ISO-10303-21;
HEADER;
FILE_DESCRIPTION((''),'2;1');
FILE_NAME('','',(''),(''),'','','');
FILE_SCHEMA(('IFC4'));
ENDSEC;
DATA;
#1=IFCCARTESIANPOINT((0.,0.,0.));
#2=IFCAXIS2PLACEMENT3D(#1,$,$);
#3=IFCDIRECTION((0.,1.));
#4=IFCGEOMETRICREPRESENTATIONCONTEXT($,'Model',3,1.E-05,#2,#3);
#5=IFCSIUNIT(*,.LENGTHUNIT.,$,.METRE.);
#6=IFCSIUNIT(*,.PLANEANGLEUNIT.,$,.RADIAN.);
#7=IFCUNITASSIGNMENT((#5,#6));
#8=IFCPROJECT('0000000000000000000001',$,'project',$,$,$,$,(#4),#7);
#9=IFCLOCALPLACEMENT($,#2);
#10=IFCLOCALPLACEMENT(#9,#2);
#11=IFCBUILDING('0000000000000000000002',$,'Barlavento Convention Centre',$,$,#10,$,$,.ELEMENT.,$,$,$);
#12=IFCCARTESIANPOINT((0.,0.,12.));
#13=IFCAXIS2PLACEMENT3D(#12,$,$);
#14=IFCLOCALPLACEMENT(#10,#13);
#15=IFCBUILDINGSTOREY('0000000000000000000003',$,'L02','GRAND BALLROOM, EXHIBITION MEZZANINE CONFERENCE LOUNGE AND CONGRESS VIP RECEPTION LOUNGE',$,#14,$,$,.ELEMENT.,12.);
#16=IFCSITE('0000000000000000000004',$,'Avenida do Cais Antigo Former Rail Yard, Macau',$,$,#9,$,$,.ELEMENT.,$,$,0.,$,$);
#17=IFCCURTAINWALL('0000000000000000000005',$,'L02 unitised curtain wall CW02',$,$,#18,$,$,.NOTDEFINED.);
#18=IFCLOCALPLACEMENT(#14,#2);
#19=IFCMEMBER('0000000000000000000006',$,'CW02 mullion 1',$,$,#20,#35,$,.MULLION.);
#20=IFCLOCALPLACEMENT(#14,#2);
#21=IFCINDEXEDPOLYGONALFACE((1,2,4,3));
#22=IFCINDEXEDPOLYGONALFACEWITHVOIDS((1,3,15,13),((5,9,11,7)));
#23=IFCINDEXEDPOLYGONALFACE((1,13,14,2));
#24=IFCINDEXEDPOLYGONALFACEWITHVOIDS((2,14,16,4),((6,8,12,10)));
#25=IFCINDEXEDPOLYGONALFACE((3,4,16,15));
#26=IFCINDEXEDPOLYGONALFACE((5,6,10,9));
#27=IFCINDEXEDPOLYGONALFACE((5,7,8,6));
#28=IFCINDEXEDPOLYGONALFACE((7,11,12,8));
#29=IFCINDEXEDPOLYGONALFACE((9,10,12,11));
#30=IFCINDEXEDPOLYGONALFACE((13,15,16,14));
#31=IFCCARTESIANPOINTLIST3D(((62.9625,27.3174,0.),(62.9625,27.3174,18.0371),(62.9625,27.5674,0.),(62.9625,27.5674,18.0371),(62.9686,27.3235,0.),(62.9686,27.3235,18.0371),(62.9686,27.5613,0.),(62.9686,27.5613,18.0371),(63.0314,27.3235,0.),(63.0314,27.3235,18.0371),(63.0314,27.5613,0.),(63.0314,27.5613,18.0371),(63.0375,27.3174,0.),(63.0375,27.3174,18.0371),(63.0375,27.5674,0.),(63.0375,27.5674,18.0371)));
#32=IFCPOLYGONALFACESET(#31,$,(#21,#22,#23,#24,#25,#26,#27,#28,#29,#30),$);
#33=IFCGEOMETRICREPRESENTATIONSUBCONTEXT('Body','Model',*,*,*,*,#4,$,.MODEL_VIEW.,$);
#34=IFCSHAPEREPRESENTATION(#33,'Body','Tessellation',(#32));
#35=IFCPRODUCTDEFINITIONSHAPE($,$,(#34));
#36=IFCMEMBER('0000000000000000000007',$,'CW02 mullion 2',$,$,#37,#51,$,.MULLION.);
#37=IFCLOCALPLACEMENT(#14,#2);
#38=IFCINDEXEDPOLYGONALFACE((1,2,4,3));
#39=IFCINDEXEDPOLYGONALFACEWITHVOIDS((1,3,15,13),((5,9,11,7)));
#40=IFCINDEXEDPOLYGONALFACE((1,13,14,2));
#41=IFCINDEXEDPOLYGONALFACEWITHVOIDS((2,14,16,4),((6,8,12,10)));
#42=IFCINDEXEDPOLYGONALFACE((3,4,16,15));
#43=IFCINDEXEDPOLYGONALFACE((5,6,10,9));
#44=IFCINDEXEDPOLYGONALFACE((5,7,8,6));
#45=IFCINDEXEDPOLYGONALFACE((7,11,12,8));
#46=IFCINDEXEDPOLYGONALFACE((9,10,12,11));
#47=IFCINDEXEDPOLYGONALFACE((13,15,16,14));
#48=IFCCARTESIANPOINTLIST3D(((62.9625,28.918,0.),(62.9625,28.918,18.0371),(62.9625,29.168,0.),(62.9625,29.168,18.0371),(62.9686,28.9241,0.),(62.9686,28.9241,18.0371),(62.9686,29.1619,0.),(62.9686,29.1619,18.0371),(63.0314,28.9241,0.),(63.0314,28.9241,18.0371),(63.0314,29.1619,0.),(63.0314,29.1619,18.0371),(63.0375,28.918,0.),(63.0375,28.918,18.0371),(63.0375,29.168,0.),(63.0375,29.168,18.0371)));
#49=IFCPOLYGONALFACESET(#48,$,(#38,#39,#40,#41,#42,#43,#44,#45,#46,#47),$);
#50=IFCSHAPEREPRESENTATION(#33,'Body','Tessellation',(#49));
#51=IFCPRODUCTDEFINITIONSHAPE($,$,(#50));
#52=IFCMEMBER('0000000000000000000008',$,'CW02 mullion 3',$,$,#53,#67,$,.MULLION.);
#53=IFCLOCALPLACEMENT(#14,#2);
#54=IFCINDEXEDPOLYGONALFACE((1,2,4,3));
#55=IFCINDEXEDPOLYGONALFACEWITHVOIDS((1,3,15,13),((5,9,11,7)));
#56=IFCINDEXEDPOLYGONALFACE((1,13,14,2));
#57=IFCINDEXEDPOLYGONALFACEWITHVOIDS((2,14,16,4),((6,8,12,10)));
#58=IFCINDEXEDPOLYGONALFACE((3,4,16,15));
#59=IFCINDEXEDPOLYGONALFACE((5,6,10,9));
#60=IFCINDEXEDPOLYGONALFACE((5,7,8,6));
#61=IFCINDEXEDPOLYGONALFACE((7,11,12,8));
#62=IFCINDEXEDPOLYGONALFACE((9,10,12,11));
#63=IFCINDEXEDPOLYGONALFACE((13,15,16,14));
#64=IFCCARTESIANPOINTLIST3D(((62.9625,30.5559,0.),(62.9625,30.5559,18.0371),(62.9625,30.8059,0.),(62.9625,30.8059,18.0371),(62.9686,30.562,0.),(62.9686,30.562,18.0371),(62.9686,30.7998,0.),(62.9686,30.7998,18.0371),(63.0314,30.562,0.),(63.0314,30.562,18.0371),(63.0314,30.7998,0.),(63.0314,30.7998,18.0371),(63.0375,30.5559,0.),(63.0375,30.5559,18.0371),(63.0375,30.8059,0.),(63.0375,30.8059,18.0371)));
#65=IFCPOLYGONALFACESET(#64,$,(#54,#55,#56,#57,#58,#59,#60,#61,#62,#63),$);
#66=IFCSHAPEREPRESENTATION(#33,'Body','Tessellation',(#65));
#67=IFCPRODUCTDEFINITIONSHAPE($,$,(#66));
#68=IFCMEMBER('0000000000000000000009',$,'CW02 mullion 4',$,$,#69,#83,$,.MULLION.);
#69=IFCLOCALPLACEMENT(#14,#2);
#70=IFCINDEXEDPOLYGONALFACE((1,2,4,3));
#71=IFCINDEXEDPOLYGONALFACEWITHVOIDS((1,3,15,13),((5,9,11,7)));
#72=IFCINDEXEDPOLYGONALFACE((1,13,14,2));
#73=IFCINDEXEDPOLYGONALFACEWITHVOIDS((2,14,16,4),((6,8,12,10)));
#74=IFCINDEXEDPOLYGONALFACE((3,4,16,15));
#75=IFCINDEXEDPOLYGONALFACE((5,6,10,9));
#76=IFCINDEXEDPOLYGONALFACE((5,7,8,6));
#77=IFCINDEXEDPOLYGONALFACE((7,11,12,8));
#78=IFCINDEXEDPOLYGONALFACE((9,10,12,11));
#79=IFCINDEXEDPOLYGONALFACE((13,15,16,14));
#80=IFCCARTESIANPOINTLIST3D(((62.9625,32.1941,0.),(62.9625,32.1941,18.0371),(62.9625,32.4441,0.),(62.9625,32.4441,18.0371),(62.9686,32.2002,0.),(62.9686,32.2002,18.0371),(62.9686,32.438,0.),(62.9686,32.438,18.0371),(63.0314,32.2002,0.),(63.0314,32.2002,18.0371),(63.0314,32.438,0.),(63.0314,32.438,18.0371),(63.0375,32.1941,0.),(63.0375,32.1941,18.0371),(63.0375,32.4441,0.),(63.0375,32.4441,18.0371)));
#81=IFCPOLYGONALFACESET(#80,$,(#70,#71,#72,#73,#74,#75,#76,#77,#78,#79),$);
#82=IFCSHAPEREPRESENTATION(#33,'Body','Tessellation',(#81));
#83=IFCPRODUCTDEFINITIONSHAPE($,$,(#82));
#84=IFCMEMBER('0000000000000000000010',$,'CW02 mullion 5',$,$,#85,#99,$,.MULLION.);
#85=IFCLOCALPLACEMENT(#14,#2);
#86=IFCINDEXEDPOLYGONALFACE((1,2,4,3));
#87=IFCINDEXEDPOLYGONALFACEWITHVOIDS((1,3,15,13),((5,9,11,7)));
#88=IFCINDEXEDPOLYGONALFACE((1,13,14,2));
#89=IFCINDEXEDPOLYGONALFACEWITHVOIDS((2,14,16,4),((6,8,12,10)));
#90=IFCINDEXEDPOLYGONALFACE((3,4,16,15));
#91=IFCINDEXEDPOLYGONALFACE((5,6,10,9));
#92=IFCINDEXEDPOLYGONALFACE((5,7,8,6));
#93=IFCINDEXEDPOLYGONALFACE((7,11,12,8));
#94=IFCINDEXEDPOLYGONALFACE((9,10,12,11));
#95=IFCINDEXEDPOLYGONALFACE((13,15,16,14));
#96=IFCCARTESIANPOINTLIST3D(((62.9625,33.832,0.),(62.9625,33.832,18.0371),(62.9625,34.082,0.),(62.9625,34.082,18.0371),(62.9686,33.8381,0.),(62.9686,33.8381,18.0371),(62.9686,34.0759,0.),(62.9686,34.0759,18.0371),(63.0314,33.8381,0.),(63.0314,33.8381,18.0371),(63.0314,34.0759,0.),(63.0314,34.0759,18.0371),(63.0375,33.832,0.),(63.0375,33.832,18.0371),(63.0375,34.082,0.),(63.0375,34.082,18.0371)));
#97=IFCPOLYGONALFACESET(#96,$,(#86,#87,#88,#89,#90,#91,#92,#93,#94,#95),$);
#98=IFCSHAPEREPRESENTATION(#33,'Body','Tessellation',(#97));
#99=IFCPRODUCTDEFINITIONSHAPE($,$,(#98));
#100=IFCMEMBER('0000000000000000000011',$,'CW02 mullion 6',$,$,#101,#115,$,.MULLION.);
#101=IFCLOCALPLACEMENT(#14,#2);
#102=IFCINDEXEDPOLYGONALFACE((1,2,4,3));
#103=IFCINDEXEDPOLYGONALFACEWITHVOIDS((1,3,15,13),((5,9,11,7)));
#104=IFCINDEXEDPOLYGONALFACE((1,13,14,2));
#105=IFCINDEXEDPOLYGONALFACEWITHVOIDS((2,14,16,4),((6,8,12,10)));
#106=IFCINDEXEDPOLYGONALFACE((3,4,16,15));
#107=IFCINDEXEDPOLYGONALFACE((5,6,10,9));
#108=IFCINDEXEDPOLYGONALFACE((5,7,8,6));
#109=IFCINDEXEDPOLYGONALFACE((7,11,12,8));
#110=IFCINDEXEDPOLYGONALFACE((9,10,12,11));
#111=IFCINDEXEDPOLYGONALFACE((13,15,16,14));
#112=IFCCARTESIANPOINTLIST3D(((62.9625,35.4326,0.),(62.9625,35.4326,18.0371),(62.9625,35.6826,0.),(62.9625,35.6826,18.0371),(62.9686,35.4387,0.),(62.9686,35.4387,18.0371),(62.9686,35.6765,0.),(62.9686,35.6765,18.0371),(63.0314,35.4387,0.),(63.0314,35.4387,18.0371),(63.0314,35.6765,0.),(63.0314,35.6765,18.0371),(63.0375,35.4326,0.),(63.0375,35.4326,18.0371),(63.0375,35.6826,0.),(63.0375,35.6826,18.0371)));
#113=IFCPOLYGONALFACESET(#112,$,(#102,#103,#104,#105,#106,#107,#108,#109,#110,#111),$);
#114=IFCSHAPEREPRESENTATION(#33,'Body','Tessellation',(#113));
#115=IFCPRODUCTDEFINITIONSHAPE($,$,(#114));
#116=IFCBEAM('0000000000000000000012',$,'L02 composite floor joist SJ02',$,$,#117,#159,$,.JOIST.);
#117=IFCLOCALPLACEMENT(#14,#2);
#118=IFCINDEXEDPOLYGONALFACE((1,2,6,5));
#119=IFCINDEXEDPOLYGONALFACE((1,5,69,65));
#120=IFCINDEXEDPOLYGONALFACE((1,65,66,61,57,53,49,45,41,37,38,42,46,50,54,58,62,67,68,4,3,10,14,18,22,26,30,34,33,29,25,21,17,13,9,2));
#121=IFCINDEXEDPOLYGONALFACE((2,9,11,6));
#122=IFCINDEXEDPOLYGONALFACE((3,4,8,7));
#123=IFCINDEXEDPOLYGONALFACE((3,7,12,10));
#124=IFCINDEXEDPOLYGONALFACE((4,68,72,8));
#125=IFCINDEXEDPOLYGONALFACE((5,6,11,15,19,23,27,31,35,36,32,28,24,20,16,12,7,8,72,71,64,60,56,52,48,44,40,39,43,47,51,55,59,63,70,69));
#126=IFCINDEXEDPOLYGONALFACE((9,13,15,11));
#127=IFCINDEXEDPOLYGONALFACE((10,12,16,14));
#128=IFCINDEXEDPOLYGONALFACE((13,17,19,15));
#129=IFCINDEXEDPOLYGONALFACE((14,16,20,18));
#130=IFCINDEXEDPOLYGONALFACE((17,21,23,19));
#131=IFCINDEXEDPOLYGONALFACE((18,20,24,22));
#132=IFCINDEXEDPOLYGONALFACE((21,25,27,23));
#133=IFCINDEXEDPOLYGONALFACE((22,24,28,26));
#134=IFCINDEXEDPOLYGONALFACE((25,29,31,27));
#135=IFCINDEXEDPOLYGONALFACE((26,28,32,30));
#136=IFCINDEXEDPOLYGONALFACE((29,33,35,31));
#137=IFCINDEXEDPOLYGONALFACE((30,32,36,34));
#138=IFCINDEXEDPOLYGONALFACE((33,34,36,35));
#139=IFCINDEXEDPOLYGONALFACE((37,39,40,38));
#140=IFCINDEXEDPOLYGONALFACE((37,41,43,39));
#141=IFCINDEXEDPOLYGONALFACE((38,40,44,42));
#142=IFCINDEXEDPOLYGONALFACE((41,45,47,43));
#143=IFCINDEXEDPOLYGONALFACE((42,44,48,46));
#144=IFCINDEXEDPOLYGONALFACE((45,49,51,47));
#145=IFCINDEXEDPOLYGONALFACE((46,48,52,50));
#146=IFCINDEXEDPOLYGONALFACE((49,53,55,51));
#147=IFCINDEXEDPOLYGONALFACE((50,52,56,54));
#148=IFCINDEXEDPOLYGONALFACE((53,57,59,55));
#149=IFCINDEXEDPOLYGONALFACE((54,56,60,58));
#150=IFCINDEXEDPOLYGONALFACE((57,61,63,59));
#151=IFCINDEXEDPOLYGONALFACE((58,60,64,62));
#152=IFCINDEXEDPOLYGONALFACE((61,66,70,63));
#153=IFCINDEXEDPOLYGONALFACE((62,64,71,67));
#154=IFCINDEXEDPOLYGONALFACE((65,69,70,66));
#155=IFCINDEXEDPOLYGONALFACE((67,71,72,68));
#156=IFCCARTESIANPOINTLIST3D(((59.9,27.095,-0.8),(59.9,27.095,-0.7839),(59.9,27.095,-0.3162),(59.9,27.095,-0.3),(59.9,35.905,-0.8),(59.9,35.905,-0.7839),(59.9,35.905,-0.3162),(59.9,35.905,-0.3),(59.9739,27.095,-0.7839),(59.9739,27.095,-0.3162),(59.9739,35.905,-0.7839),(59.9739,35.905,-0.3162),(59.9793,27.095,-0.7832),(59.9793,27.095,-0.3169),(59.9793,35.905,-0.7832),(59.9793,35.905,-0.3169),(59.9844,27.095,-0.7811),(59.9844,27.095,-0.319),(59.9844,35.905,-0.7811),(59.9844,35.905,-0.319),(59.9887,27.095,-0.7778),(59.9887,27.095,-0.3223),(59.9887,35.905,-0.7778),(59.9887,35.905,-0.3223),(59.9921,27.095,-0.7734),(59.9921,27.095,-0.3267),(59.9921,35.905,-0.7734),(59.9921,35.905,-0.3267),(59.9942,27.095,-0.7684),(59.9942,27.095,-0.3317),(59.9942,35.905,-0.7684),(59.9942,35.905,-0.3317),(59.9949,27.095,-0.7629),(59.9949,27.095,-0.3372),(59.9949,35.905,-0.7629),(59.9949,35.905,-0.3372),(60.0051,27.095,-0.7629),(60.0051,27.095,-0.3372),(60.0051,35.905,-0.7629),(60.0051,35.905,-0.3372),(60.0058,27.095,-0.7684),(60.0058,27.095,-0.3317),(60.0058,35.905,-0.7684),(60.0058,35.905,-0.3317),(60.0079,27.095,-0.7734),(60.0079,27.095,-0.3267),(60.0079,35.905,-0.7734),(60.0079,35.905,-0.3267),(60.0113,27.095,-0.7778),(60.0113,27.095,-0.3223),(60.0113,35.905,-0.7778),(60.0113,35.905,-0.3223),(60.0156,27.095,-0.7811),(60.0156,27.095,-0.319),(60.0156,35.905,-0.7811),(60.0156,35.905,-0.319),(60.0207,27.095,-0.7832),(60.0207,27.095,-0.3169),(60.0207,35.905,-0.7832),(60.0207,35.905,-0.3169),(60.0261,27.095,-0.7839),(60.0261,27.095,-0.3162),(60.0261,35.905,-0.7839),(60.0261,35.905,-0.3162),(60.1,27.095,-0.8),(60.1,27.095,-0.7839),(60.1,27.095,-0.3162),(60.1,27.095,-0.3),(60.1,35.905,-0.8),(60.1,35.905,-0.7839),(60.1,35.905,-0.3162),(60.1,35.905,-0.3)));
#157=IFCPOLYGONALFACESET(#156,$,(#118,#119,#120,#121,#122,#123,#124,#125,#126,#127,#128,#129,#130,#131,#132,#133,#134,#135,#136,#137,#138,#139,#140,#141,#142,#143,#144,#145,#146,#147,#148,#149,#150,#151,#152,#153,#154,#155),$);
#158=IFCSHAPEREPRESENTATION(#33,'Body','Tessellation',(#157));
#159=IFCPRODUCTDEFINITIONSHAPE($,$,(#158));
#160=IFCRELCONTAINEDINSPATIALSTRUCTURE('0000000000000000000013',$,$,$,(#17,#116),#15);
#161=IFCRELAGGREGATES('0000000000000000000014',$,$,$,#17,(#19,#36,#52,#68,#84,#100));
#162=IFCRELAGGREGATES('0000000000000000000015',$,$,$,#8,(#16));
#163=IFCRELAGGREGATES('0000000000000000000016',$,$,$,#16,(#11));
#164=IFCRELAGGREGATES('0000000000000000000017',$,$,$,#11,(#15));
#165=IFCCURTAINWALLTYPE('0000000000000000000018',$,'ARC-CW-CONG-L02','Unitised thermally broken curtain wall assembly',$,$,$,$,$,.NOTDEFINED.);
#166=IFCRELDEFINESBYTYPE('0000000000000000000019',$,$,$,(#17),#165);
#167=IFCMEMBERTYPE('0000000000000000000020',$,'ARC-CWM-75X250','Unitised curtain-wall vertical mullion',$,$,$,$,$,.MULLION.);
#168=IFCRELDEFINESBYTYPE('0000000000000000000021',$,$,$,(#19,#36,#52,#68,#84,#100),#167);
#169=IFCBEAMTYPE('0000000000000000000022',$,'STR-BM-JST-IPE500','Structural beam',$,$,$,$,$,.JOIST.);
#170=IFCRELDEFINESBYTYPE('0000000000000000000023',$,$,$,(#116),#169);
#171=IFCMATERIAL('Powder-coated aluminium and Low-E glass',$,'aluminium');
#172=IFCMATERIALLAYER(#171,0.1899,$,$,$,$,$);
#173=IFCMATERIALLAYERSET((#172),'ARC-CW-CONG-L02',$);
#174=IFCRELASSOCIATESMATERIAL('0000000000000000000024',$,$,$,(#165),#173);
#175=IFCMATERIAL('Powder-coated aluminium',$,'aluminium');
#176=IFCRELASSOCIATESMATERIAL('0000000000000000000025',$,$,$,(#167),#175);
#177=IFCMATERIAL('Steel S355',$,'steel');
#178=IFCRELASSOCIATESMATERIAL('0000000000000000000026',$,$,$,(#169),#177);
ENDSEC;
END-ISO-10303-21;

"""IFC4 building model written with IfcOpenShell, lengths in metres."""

from ifc_helpers import new_model, si_unit, direction, frame, origin, origin_2d, place, context, subcontext, project, spatial, hollow_rectangle, i_section, extrude, material, layer, layer_set, material_profile, profile_set, type_object, element, aggregate, save


model = new_model("IFC4")

# Units and contexts
model_context = context("Model", 3, precision=1e-05, world=origin(), true_north=direction((0.0, 1.0)))
body_context = subcontext(model_context, "Body", "Model", "MODEL_VIEW")
ifc_project = project(units=[si_unit("LENGTHUNIT", "METRE"), si_unit("PLANEANGLEUNIT", "RADIAN")], contexts=[model_context])

# Site, building, storey
site_placement = place(None, origin())
site = spatial("IfcSite", under=ifc_project, at=site_placement, Name="Avenida do Cais Antigo Former Rail Yard, Macau", CompositionType="ELEMENT", RefElevation=0.0)
building_placement = place(site_placement, origin())
building = spatial("IfcBuilding", under=site, at=building_placement, Name="Barlavento Convention Centre", CompositionType="ELEMENT")
storey_placement = place(building_placement, frame((0.0, 0.0, 12.0)))
storey = spatial("IfcBuildingStorey", under=building, at=storey_placement, Name="L02", Description="GRAND BALLROOM, EXHIBITION MEZZANINE CONFERENCE LOUNGE AND CONGRESS VIP RECEPTION LOUNGE", CompositionType="ELEMENT", Elevation=12.0)

# Curtain wall, members
ifc_material_1 = material(Name="Powder-coated aluminium and Low-E glass", Category="aluminium")
ifc_layer = layer(ifc_material_1, 0.1899)
ifc_layer_set = layer_set([ifc_layer], Name="ARC-CW-CONG-L02")
curtain_wall_type = type_object("IfcCurtainWallType", Name="ARC-CW-CONG-L02", Description="Unitised thermally broken curtain wall assembly", PredefinedType="NOTDEFINED", material=ifc_layer_set)
curtain_wall_placement = place(storey_placement, origin())
curtain_wall = element("IfcCurtainWall", 1, at=curtain_wall_placement, inside=storey, type_object=curtain_wall_type, Name="L02 unitised curtain wall CW02", PredefinedType="NOTDEFINED")
ifc_material_2 = material(Name="Powder-coated aluminium", Category="aluminium")
ifc_material_profile_1 = material_profile(ifc_material_2, hollow_rectangle(XDim=0.075, YDim=0.25, WallThickness=0.0061, at=origin_2d()), Name="AL-MULL 75x250x6")
ifc_profile_set_1 = profile_set([ifc_material_profile_1], Name="Powder-coated aluminium")
member_type = type_object("IfcMemberType", Name="ARC-CWM-75X250", Description="Unitised curtain-wall vertical mullion", PredefinedType="MULLION", material=ifc_profile_set_1)
member_1_placement = place(storey_placement, frame((63.0, 27.4424, 0.0), z_axis=(0.0, 0.0, 1.0), x_axis=(-1.0, 0.0, 0.0)))
member_1 = element("IfcMember", 2, at=member_1_placement, type_object=member_type, Name="CW02 mullion 1", PredefinedType="MULLION", context=body_context, shape_type="SweptSolid", body=[
    extrude(hollow_rectangle(XDim=0.075, YDim=0.25, WallThickness=0.0061, at=origin_2d()), origin(), (0.0, 0.0, 1.0), 18.0371),
])
member_2_placement = place(storey_placement, frame((63.0, 29.043, 0.0), z_axis=(0.0, 0.0, 1.0), x_axis=(-1.0, 0.0, 0.0)))
member_2 = element("IfcMember", 3, at=member_2_placement, type_object=member_type, Name="CW02 mullion 2", PredefinedType="MULLION", context=body_context, shape_type="SweptSolid", body=[
    extrude(hollow_rectangle(XDim=0.075, YDim=0.25, WallThickness=0.0061, at=origin_2d()), origin(), (0.0, 0.0, 1.0), 18.0371),
])
member_3_placement = place(storey_placement, frame((63.0, 30.6809, 0.0), z_axis=(0.0, 0.0, 1.0), x_axis=(-1.0, 0.0, 0.0)))
member_3 = element("IfcMember", 4, at=member_3_placement, type_object=member_type, Name="CW02 mullion 3", PredefinedType="MULLION", context=body_context, shape_type="SweptSolid", body=[
    extrude(hollow_rectangle(XDim=0.075, YDim=0.25, WallThickness=0.0061, at=origin_2d()), origin(), (0.0, 0.0, 1.0), 18.0371),
])
member_4_placement = place(storey_placement, frame((63.0, 32.3191, 0.0), z_axis=(0.0, 0.0, 1.0), x_axis=(-1.0, 0.0, 0.0)))
member_4 = element("IfcMember", 5, at=member_4_placement, type_object=member_type, Name="CW02 mullion 4", PredefinedType="MULLION", context=body_context, shape_type="SweptSolid", body=[
    extrude(hollow_rectangle(XDim=0.075, YDim=0.25, WallThickness=0.0061, at=origin_2d()), origin(), (0.0, 0.0, 1.0), 18.0371),
])
member_5_placement = place(storey_placement, frame((63.0, 33.957, 0.0), z_axis=(0.0, 0.0, 1.0), x_axis=(-1.0, 0.0, 0.0)))
member_5 = element("IfcMember", 6, at=member_5_placement, type_object=member_type, Name="CW02 mullion 5", PredefinedType="MULLION", context=body_context, shape_type="SweptSolid", body=[
    extrude(hollow_rectangle(XDim=0.075, YDim=0.25, WallThickness=0.0061, at=origin_2d()), origin(), (0.0, 0.0, 1.0), 18.0371),
])
member_6_placement = place(storey_placement, frame((63.0, 35.5576, 0.0), z_axis=(0.0, 0.0, 1.0), x_axis=(-1.0, 0.0, 0.0)))
member_6 = element("IfcMember", 7, at=member_6_placement, type_object=member_type, Name="CW02 mullion 6", PredefinedType="MULLION", context=body_context, shape_type="SweptSolid", body=[
    extrude(hollow_rectangle(XDim=0.075, YDim=0.25, WallThickness=0.0061, at=origin_2d()), origin(), (0.0, 0.0, 1.0), 18.0371),
])
aggregate(curtain_wall, [member_1, member_2, member_3, member_4, member_5, member_6])

# Beam
ifc_material_3 = material(Name="Steel S355", Category="steel")
ifc_material_profile_2 = material_profile(ifc_material_3, i_section(OverallWidth=0.2, OverallDepth=0.5, WebThickness=0.0103, FlangeThickness=0.0161, FilletRadius=0.021, at=origin_2d()), Name="IPE 500")
ifc_profile_set_2 = profile_set([ifc_material_profile_2], Name="Steel S355")
beam_type_1 = type_object("IfcBeamType", Name="STR-BM-JST-IPE500", Description="Structural beam", PredefinedType="JOIST", material=ifc_profile_set_2)
beam_1_placement = place(storey_placement, frame((60.0, 27.095, -0.55), z_axis=(0.0, 1.0, 0.0), x_axis=(-1.0, 0.0, 0.0)))
element("IfcBeam", 8, at=beam_1_placement, inside=storey, type_object=beam_type_1, Name="L02 composite floor joist SJ02", PredefinedType="JOIST", context=body_context, shape_type="SweptSolid", body=[
    extrude(i_section(OverallWidth=0.2, OverallDepth=0.5, WebThickness=0.0103, FlangeThickness=0.0161, FilletRadius=0.021, at=origin_2d()), origin(), (0.0, 0.0, 1.0), 8.8101),
])

save(model, "model.ifc")
